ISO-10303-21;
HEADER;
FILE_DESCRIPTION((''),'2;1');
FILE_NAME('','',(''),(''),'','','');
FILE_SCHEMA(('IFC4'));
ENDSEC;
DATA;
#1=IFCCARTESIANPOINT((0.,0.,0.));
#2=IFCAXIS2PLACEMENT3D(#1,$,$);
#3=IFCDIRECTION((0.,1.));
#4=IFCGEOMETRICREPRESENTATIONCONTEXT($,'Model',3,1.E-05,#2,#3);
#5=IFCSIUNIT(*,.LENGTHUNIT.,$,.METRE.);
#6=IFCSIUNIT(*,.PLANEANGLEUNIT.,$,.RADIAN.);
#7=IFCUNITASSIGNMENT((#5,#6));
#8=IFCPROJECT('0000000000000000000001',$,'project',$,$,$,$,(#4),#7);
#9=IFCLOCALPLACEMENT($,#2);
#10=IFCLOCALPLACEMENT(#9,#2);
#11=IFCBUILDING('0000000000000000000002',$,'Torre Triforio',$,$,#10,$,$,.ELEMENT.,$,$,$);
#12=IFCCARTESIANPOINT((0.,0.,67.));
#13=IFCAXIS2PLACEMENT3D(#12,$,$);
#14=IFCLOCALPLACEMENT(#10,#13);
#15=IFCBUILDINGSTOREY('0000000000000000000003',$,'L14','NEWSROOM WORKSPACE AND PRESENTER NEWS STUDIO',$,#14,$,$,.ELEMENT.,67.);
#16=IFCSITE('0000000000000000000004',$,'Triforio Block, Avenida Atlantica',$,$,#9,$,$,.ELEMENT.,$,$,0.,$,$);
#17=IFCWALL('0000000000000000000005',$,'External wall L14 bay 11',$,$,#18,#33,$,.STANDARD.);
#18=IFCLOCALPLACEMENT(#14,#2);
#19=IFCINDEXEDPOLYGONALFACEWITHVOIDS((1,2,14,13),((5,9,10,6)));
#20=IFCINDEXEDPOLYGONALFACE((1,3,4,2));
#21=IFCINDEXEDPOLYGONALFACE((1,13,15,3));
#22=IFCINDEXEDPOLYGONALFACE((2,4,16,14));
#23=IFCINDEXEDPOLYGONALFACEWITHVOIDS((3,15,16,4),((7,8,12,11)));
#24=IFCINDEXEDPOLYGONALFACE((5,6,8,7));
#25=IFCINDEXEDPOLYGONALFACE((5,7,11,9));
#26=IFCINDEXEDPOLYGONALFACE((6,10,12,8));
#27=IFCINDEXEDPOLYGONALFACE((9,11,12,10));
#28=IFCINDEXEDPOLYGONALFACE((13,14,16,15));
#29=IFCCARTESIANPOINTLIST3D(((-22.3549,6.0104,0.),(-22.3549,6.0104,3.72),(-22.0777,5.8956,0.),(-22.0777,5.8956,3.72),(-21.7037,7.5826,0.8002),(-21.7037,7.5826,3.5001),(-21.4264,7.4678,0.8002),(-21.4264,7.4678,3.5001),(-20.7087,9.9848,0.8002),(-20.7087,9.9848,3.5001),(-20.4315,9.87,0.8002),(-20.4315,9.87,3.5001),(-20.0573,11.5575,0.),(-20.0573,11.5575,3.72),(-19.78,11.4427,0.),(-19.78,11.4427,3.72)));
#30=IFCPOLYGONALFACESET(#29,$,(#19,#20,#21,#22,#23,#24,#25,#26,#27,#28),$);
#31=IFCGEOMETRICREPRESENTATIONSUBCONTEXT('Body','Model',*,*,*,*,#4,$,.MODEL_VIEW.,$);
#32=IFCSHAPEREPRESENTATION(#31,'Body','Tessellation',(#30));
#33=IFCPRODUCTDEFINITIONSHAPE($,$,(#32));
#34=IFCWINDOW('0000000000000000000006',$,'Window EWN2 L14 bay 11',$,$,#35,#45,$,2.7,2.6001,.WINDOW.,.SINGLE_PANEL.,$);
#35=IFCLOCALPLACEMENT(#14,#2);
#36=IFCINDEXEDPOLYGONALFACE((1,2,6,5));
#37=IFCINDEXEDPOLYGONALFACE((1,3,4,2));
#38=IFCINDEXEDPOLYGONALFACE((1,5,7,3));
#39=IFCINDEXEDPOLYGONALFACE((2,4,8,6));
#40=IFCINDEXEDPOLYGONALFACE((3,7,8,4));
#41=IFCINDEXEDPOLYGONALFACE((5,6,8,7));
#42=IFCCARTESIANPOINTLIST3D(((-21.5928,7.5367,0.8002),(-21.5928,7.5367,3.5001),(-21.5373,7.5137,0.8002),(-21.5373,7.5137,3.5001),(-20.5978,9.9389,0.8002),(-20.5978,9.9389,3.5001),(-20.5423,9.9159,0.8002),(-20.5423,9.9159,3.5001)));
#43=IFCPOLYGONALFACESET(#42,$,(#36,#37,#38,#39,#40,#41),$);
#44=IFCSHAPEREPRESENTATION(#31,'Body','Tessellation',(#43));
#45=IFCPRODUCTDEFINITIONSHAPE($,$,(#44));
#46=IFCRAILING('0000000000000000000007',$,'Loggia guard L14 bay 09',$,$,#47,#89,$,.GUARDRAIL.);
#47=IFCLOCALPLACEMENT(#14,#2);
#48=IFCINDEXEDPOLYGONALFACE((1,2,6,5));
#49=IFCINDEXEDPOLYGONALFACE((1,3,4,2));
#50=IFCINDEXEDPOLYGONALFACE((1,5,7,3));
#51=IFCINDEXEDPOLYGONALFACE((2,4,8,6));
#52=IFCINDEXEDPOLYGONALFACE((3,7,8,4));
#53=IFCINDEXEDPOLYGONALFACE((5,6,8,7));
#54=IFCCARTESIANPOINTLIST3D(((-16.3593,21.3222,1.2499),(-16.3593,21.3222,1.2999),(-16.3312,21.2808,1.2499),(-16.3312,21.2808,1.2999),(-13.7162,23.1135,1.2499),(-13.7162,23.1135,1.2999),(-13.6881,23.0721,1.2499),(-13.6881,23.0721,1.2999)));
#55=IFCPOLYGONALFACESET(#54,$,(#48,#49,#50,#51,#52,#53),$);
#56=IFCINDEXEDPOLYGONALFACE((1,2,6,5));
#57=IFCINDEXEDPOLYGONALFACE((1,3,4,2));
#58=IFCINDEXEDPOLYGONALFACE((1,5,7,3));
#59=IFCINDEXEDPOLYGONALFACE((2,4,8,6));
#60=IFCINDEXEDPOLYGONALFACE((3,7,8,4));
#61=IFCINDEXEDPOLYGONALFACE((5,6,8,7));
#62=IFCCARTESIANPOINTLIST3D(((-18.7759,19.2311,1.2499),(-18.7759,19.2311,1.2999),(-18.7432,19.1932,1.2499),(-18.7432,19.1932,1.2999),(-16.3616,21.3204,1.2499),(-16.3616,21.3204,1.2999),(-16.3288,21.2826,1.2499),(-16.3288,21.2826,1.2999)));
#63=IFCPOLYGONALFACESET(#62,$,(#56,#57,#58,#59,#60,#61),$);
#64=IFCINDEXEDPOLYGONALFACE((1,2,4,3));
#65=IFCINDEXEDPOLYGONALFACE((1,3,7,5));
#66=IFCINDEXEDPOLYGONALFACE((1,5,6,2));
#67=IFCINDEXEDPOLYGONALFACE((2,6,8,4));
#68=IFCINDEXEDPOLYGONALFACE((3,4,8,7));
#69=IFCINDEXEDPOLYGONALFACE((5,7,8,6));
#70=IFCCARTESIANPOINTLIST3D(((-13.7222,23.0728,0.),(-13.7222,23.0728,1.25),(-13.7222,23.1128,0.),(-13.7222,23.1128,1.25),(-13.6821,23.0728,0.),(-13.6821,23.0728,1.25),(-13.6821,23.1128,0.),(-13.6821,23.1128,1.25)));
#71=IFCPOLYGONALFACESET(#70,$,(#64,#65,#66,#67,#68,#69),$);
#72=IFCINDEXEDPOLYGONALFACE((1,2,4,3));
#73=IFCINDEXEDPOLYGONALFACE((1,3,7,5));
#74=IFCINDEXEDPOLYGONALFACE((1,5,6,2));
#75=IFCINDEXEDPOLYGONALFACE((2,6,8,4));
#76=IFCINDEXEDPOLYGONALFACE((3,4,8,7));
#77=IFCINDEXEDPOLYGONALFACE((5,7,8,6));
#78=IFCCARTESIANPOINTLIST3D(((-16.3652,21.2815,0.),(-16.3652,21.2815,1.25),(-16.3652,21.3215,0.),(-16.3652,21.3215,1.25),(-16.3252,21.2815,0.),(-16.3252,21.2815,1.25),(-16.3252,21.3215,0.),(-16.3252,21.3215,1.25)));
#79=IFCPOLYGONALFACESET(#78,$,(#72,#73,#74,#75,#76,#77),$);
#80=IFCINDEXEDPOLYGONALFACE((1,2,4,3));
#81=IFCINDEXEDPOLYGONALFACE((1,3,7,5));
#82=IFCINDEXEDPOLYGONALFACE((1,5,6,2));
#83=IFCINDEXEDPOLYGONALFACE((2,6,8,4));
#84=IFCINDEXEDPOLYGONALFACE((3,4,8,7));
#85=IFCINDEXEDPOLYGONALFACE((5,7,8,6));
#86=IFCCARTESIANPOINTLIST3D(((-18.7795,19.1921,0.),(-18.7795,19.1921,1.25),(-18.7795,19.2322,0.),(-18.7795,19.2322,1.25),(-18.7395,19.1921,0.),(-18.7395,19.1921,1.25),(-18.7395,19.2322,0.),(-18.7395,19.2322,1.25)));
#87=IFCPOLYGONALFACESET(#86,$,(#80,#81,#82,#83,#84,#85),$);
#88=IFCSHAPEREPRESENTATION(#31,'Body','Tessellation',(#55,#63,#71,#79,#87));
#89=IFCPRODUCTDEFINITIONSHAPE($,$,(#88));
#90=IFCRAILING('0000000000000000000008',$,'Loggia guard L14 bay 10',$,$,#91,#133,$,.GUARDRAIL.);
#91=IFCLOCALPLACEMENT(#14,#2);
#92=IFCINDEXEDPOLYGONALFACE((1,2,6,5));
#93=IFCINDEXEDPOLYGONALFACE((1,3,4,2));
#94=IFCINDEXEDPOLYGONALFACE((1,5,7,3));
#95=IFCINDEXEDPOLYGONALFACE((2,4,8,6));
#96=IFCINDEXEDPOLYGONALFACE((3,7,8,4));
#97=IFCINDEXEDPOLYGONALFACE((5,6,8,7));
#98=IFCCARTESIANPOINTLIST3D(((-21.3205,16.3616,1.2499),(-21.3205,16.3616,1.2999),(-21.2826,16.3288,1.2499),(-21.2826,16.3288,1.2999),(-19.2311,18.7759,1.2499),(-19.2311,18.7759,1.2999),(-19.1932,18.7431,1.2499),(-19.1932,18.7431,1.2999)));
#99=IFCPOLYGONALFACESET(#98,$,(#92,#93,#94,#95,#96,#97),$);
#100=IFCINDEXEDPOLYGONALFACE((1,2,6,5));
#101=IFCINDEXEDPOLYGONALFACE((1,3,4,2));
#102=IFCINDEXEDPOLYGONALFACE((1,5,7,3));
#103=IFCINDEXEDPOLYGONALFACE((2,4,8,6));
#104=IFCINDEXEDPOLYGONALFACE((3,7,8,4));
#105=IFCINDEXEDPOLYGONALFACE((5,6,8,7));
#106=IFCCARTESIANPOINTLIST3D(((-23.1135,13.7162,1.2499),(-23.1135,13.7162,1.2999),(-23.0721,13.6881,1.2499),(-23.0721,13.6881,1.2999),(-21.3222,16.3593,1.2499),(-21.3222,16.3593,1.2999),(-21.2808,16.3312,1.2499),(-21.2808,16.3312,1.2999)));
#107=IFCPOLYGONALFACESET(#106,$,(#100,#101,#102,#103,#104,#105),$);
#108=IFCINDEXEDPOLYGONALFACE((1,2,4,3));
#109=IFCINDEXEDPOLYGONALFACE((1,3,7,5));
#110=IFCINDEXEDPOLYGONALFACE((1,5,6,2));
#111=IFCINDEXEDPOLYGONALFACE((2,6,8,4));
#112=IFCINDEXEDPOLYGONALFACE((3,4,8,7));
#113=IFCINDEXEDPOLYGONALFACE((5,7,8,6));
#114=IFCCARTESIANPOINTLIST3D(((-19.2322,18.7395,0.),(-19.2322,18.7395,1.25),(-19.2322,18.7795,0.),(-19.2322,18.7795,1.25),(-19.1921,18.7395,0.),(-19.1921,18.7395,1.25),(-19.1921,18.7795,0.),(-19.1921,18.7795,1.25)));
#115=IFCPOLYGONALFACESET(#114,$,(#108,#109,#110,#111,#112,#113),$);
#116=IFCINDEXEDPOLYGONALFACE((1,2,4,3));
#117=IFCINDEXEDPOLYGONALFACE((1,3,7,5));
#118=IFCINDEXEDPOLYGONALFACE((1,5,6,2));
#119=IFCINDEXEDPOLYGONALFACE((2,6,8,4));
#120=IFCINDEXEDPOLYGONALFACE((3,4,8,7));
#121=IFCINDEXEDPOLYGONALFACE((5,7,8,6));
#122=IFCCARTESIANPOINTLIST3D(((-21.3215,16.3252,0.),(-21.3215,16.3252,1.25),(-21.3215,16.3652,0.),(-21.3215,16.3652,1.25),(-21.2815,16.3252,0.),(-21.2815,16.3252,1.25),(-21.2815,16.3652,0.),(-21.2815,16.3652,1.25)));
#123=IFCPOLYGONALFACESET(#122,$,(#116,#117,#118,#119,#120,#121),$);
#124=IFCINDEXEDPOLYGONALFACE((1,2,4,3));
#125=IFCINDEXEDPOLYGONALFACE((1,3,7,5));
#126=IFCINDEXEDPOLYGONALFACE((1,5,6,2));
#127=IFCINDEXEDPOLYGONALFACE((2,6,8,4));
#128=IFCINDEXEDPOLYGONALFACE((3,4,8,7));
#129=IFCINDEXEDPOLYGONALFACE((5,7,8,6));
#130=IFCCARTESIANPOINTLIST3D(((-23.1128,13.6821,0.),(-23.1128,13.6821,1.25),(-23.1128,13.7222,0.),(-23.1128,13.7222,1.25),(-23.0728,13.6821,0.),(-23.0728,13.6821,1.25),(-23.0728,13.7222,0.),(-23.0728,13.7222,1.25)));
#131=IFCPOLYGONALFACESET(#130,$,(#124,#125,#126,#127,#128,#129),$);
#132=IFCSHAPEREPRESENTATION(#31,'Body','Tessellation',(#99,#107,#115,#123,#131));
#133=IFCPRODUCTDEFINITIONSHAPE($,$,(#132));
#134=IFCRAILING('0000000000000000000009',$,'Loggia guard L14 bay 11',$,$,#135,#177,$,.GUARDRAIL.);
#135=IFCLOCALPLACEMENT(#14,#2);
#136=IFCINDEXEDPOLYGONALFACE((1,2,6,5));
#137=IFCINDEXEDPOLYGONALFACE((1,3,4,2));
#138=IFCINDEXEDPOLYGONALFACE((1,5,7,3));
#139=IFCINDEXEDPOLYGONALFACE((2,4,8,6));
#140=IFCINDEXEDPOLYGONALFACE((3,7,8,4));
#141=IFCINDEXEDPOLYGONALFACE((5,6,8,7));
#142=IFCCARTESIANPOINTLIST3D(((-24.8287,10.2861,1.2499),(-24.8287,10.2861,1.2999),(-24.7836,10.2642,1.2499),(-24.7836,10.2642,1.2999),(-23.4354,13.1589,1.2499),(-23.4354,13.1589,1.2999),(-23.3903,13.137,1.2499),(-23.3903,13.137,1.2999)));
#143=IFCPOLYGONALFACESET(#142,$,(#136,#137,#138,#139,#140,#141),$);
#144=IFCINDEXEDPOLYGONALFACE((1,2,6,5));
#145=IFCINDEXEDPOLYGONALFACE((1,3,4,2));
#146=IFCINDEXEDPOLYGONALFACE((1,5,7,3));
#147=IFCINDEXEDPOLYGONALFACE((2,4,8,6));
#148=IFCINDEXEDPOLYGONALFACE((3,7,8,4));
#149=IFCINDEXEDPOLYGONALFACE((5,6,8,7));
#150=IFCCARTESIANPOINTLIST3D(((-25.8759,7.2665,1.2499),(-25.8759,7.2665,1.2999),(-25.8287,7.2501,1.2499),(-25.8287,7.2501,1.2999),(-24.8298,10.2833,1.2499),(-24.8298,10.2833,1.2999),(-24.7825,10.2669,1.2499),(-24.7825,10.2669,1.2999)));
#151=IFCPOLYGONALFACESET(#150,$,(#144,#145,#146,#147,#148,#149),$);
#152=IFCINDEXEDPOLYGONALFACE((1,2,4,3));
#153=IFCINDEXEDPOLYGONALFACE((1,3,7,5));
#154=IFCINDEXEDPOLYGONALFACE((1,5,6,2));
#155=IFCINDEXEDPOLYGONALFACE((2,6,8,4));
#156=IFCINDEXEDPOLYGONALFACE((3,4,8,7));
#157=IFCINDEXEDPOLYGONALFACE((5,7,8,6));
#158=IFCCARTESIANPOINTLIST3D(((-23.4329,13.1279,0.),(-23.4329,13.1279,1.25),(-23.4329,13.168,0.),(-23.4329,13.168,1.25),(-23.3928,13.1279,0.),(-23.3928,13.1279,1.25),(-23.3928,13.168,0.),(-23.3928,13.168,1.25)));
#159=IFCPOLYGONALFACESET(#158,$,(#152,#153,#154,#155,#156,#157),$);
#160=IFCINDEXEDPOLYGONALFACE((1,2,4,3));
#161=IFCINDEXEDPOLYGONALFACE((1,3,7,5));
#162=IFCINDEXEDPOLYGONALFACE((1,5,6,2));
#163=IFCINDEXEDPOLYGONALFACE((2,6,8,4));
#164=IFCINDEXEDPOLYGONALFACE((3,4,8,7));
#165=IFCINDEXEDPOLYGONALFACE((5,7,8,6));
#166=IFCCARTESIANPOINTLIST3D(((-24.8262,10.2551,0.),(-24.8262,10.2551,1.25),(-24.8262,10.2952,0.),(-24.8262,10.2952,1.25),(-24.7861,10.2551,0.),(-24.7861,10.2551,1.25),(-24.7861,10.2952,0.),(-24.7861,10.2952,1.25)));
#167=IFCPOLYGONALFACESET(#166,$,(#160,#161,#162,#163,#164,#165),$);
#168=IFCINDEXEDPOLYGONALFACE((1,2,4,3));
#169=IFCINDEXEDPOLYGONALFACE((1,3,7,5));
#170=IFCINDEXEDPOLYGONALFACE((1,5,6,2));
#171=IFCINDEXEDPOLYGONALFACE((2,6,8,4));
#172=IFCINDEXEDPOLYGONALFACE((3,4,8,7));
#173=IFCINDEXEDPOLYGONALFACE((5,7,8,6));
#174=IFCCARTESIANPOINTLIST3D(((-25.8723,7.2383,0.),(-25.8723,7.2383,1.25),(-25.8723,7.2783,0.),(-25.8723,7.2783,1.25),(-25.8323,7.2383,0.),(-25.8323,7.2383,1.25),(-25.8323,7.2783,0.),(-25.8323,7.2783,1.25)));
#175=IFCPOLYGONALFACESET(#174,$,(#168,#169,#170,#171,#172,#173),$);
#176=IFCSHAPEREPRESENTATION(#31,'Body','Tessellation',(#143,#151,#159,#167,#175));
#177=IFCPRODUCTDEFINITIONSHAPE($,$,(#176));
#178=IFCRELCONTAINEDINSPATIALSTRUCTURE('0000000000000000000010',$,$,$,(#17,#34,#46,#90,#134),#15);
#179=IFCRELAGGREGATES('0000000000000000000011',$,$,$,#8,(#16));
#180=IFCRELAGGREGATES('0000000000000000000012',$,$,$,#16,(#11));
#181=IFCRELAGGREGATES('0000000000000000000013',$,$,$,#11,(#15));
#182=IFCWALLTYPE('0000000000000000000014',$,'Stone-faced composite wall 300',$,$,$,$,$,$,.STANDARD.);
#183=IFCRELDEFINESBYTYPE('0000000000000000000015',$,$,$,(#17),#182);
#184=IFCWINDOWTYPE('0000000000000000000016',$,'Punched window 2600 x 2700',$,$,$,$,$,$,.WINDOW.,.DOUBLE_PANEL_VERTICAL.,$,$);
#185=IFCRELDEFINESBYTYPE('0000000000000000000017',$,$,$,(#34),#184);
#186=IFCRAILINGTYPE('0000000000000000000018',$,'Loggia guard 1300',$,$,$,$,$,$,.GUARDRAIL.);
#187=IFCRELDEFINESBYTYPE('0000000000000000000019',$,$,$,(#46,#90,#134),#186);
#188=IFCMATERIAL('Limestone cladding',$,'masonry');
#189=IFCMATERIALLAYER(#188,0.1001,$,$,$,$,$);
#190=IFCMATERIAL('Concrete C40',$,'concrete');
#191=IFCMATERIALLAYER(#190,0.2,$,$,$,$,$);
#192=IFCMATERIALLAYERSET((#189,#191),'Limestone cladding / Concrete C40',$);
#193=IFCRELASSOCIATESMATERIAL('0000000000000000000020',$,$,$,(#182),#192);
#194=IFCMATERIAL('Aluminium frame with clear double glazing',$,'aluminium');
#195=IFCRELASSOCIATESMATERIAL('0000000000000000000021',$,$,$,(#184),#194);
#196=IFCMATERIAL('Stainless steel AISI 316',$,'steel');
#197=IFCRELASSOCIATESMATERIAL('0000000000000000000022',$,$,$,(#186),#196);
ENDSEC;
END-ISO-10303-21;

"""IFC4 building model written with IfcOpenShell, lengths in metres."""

from ifc_helpers import new_model, si_unit, direction, frame, frame_2d, origin, origin_2d, place, context, subcontext, project, spatial, rectangle, extrude, material, layer, layer_set, type_object, element, fill, save


model = new_model("IFC4")

# Units and contexts
model_context = context("Model", 3, precision=1e-05, world=origin(), true_north=direction((0.0, 1.0)))
body_context = subcontext(model_context, "Body", "Model", "MODEL_VIEW")
ifc_project = project(units=[si_unit("LENGTHUNIT", "METRE"), si_unit("PLANEANGLEUNIT", "RADIAN")], contexts=[model_context])

# Site, building, storey
site_placement = place(None, origin())
site = spatial("IfcSite", under=ifc_project, at=site_placement, Name="Triforio Block, Avenida Atlantica", CompositionType="ELEMENT", RefElevation=0.0)
building_placement = place(site_placement, origin())
building = spatial("IfcBuilding", under=site, at=building_placement, Name="Torre Triforio", CompositionType="ELEMENT")
storey_placement = place(building_placement, frame((0.0, 0.0, 67.0)))
storey = spatial("IfcBuildingStorey", under=building, at=storey_placement, Name="L14", Description="NEWSROOM WORKSPACE AND PRESENTER NEWS STUDIO", CompositionType="ELEMENT", Elevation=67.0)

# Shared definitions
ifc_material_1 = material(Name="Limestone cladding", Category="masonry")
ifc_material_2 = material(Name="Concrete C40", Category="concrete")

# Shared definitions
ifc_layer_1 = layer(ifc_material_1, 0.1001)
ifc_layer_2 = layer(ifc_material_2, 0.2)
ifc_layer_set_1 = layer_set([ifc_layer_1, ifc_layer_2], Name="Limestone cladding / Concrete C40")
wall_type_1 = type_object("IfcWallType", Name="Stone-faced composite wall 300", PredefinedType="STANDARD", material=ifc_layer_set_1)
ifc_material_3 = material(Name="Aluminium frame with clear double glazing", Category="aluminium")
window_type_1 = type_object("IfcWindowType", Name="Punched window 2600 x 2700", PartitioningType="DOUBLE_PANEL_VERTICAL", PredefinedType="WINDOW", material=ifc_material_3)

# Wall, opening, window
wall_1_placement = place(storey_placement, frame((-19.9187, 11.5, 0.0), z_axis=(0.0, 0.0, 1.0), x_axis=(-0.382671, -0.923885, 0.0)))
wall_1 = element("IfcWall", 1, at=wall_1_placement, inside=storey, type_object=wall_type_1, Name="External wall L14 bay 11", PredefinedType="STANDARD", context=body_context, shape_type="SweptSolid", body=[
    extrude(rectangle(XDim=6.0042, YDim=0.3, at=frame_2d((3.002, 0.0))), origin(), (0.0, 0.0, 1.0), 3.72),
])
opening_1_placement = place(wall_1_placement, frame((1.7021, 0.0, 0.8)))
opening_1 = element("IfcOpeningElement", 2, at=opening_1_placement, cuts=wall_1, PredefinedType="OPENING", context=body_context, shape_type="SweptSolid", body=[
    extrude(rectangle(XDim=2.6001, YDim=2.7, at=frame_2d((1.3, 1.3501))), frame((0.0, 0.1599, 0.0), z_axis=(0.0, -1.0, 0.0), x_axis=(1.0, 0.0, 0.0)), (0.0, 0.0, 1.0), 0.3201),
])
window_1_placement = place(opening_1_placement, origin())
window_1 = element("IfcWindow", 3, at=window_1_placement, inside=storey, type_object=window_type_1, Name="Window EWN2 L14 bay 11", OverallHeight=2.7, OverallWidth=2.6001, PartitioningType="SINGLE_PANEL", PredefinedType="WINDOW", context=body_context, shape_type="SweptSolid", body=[
    extrude(rectangle(XDim=2.6001, YDim=2.7, at=frame_2d((1.3, 1.3501))), frame((0.0, 0.03, 0.0), z_axis=(0.0, -1.0, 0.0), x_axis=(1.0, 0.0, 0.0)), (0.0, 0.0, 1.0), 0.0601),
])
fill(opening_1, window_1)

# Railings
ifc_material_4 = material(Name="Stainless steel AISI 316", Category="steel")
railing_type = type_object("IfcRailingType", Name="Loggia guard 1300", PredefinedType="GUARDRAIL", material=ifc_material_4)
railing_1_placement = place(storey_placement, frame((-13.7021, 23.0928, 0.0)))
element("IfcRailing", 4, at=railing_1_placement, inside=storey, type_object=railing_type, Name="Loggia guard L14 bay 09", PredefinedType="GUARDRAIL", context=body_context, shape_type="SweptSolid", body=[
    extrude(rectangle(XDim=0.05, YDim=0.05, at=origin_2d()), frame((0.0, 0.0, 1.2749), z_axis=(-0.827803, -0.561019, 0.0), x_axis=(0.561019, -0.827803, 0.0)), (0.0, 0.0, 1.0), 3.1929),
    extrude(rectangle(XDim=0.05, YDim=0.05, at=origin_2d()), frame((-2.6431, -1.7913, 1.2749), z_axis=(-0.756161, -0.654386, 0.0), x_axis=(0.654386, -0.756161, 0.0)), (0.0, 0.0, 1.0), 3.1929),
    extrude(rectangle(XDim=0.04, YDim=0.04, at=origin_2d()), origin(), (0.0, 0.0, 1.0), 1.25),
    extrude(rectangle(XDim=0.04, YDim=0.04, at=origin_2d()), frame((-2.6431, -1.7913, 0.0)), (0.0, 0.0, 1.0), 1.25),
    extrude(rectangle(XDim=0.04, YDim=0.04, at=origin_2d()), frame((-5.0574, -3.8806, 0.0)), (0.0, 0.0, 1.0), 1.25),
])
railing_2_placement = place(storey_placement, frame((-19.2122, 18.7595, 0.0)))
element("IfcRailing", 5, at=railing_2_placement, inside=storey, type_object=railing_type, Name="Loggia guard L14 bay 10", PredefinedType="GUARDRAIL", context=body_context, shape_type="SweptSolid", body=[
    extrude(rectangle(XDim=0.05, YDim=0.05, at=origin_2d()), frame((0.0, 0.0, 1.2749), z_axis=(-0.654386, -0.756161, 0.0), x_axis=(0.756161, -0.654386, 0.0)), (0.0, 0.0, 1.0), 3.1929),
    extrude(rectangle(XDim=0.05, YDim=0.05, at=origin_2d()), frame((-2.0894, -2.4143, 1.2749), z_axis=(-0.561019, -0.827803, 0.0), x_axis=(0.827803, -0.561019, 0.0)), (0.0, 0.0, 1.0), 3.1929),
    extrude(rectangle(XDim=0.04, YDim=0.04, at=origin_2d()), origin(), (0.0, 0.0, 1.0), 1.25),
    extrude(rectangle(XDim=0.04, YDim=0.04, at=origin_2d()), frame((-2.0894, -2.4143, 0.0)), (0.0, 0.0, 1.0), 1.25),
    extrude(rectangle(XDim=0.04, YDim=0.04, at=origin_2d()), frame((-3.8806, -5.0574, 0.0)), (0.0, 0.0, 1.0), 1.25),
])
railing_3_placement = place(storey_placement, frame((-23.4128, 13.1479, 0.0)))
element("IfcRailing", 6, at=railing_3_placement, inside=storey, type_object=railing_type, Name="Loggia guard L14 bay 11", PredefinedType="GUARDRAIL", context=body_context, shape_type="SweptSolid", body=[
    extrude(rectangle(XDim=0.05, YDim=0.05, at=origin_2d()), frame((0.0, 0.0, 1.2749), z_axis=(-0.436384, -0.89976, 0.0), x_axis=(0.89976, -0.436384, 0.0)), (0.0, 0.0, 1.0), 3.1929),
    extrude(rectangle(XDim=0.05, YDim=0.05, at=origin_2d()), frame((-1.3933, -2.8728, 1.2749), z_axis=(-0.327628, -0.944807, 0.0), x_axis=(0.944807, -0.327628, 0.0)), (0.0, 0.0, 1.0), 3.1931),
    extrude(rectangle(XDim=0.04, YDim=0.04, at=origin_2d()), origin(), (0.0, 0.0, 1.0), 1.25),
    extrude(rectangle(XDim=0.04, YDim=0.04, at=origin_2d()), frame((-1.3933, -2.8728, 0.0)), (0.0, 0.0, 1.0), 1.25),
    extrude(rectangle(XDim=0.04, YDim=0.04, at=origin_2d()), frame((-2.4395, -5.8896, 0.0)), (0.0, 0.0, 1.0), 1.25),
])

save(model, "model.ifc")
